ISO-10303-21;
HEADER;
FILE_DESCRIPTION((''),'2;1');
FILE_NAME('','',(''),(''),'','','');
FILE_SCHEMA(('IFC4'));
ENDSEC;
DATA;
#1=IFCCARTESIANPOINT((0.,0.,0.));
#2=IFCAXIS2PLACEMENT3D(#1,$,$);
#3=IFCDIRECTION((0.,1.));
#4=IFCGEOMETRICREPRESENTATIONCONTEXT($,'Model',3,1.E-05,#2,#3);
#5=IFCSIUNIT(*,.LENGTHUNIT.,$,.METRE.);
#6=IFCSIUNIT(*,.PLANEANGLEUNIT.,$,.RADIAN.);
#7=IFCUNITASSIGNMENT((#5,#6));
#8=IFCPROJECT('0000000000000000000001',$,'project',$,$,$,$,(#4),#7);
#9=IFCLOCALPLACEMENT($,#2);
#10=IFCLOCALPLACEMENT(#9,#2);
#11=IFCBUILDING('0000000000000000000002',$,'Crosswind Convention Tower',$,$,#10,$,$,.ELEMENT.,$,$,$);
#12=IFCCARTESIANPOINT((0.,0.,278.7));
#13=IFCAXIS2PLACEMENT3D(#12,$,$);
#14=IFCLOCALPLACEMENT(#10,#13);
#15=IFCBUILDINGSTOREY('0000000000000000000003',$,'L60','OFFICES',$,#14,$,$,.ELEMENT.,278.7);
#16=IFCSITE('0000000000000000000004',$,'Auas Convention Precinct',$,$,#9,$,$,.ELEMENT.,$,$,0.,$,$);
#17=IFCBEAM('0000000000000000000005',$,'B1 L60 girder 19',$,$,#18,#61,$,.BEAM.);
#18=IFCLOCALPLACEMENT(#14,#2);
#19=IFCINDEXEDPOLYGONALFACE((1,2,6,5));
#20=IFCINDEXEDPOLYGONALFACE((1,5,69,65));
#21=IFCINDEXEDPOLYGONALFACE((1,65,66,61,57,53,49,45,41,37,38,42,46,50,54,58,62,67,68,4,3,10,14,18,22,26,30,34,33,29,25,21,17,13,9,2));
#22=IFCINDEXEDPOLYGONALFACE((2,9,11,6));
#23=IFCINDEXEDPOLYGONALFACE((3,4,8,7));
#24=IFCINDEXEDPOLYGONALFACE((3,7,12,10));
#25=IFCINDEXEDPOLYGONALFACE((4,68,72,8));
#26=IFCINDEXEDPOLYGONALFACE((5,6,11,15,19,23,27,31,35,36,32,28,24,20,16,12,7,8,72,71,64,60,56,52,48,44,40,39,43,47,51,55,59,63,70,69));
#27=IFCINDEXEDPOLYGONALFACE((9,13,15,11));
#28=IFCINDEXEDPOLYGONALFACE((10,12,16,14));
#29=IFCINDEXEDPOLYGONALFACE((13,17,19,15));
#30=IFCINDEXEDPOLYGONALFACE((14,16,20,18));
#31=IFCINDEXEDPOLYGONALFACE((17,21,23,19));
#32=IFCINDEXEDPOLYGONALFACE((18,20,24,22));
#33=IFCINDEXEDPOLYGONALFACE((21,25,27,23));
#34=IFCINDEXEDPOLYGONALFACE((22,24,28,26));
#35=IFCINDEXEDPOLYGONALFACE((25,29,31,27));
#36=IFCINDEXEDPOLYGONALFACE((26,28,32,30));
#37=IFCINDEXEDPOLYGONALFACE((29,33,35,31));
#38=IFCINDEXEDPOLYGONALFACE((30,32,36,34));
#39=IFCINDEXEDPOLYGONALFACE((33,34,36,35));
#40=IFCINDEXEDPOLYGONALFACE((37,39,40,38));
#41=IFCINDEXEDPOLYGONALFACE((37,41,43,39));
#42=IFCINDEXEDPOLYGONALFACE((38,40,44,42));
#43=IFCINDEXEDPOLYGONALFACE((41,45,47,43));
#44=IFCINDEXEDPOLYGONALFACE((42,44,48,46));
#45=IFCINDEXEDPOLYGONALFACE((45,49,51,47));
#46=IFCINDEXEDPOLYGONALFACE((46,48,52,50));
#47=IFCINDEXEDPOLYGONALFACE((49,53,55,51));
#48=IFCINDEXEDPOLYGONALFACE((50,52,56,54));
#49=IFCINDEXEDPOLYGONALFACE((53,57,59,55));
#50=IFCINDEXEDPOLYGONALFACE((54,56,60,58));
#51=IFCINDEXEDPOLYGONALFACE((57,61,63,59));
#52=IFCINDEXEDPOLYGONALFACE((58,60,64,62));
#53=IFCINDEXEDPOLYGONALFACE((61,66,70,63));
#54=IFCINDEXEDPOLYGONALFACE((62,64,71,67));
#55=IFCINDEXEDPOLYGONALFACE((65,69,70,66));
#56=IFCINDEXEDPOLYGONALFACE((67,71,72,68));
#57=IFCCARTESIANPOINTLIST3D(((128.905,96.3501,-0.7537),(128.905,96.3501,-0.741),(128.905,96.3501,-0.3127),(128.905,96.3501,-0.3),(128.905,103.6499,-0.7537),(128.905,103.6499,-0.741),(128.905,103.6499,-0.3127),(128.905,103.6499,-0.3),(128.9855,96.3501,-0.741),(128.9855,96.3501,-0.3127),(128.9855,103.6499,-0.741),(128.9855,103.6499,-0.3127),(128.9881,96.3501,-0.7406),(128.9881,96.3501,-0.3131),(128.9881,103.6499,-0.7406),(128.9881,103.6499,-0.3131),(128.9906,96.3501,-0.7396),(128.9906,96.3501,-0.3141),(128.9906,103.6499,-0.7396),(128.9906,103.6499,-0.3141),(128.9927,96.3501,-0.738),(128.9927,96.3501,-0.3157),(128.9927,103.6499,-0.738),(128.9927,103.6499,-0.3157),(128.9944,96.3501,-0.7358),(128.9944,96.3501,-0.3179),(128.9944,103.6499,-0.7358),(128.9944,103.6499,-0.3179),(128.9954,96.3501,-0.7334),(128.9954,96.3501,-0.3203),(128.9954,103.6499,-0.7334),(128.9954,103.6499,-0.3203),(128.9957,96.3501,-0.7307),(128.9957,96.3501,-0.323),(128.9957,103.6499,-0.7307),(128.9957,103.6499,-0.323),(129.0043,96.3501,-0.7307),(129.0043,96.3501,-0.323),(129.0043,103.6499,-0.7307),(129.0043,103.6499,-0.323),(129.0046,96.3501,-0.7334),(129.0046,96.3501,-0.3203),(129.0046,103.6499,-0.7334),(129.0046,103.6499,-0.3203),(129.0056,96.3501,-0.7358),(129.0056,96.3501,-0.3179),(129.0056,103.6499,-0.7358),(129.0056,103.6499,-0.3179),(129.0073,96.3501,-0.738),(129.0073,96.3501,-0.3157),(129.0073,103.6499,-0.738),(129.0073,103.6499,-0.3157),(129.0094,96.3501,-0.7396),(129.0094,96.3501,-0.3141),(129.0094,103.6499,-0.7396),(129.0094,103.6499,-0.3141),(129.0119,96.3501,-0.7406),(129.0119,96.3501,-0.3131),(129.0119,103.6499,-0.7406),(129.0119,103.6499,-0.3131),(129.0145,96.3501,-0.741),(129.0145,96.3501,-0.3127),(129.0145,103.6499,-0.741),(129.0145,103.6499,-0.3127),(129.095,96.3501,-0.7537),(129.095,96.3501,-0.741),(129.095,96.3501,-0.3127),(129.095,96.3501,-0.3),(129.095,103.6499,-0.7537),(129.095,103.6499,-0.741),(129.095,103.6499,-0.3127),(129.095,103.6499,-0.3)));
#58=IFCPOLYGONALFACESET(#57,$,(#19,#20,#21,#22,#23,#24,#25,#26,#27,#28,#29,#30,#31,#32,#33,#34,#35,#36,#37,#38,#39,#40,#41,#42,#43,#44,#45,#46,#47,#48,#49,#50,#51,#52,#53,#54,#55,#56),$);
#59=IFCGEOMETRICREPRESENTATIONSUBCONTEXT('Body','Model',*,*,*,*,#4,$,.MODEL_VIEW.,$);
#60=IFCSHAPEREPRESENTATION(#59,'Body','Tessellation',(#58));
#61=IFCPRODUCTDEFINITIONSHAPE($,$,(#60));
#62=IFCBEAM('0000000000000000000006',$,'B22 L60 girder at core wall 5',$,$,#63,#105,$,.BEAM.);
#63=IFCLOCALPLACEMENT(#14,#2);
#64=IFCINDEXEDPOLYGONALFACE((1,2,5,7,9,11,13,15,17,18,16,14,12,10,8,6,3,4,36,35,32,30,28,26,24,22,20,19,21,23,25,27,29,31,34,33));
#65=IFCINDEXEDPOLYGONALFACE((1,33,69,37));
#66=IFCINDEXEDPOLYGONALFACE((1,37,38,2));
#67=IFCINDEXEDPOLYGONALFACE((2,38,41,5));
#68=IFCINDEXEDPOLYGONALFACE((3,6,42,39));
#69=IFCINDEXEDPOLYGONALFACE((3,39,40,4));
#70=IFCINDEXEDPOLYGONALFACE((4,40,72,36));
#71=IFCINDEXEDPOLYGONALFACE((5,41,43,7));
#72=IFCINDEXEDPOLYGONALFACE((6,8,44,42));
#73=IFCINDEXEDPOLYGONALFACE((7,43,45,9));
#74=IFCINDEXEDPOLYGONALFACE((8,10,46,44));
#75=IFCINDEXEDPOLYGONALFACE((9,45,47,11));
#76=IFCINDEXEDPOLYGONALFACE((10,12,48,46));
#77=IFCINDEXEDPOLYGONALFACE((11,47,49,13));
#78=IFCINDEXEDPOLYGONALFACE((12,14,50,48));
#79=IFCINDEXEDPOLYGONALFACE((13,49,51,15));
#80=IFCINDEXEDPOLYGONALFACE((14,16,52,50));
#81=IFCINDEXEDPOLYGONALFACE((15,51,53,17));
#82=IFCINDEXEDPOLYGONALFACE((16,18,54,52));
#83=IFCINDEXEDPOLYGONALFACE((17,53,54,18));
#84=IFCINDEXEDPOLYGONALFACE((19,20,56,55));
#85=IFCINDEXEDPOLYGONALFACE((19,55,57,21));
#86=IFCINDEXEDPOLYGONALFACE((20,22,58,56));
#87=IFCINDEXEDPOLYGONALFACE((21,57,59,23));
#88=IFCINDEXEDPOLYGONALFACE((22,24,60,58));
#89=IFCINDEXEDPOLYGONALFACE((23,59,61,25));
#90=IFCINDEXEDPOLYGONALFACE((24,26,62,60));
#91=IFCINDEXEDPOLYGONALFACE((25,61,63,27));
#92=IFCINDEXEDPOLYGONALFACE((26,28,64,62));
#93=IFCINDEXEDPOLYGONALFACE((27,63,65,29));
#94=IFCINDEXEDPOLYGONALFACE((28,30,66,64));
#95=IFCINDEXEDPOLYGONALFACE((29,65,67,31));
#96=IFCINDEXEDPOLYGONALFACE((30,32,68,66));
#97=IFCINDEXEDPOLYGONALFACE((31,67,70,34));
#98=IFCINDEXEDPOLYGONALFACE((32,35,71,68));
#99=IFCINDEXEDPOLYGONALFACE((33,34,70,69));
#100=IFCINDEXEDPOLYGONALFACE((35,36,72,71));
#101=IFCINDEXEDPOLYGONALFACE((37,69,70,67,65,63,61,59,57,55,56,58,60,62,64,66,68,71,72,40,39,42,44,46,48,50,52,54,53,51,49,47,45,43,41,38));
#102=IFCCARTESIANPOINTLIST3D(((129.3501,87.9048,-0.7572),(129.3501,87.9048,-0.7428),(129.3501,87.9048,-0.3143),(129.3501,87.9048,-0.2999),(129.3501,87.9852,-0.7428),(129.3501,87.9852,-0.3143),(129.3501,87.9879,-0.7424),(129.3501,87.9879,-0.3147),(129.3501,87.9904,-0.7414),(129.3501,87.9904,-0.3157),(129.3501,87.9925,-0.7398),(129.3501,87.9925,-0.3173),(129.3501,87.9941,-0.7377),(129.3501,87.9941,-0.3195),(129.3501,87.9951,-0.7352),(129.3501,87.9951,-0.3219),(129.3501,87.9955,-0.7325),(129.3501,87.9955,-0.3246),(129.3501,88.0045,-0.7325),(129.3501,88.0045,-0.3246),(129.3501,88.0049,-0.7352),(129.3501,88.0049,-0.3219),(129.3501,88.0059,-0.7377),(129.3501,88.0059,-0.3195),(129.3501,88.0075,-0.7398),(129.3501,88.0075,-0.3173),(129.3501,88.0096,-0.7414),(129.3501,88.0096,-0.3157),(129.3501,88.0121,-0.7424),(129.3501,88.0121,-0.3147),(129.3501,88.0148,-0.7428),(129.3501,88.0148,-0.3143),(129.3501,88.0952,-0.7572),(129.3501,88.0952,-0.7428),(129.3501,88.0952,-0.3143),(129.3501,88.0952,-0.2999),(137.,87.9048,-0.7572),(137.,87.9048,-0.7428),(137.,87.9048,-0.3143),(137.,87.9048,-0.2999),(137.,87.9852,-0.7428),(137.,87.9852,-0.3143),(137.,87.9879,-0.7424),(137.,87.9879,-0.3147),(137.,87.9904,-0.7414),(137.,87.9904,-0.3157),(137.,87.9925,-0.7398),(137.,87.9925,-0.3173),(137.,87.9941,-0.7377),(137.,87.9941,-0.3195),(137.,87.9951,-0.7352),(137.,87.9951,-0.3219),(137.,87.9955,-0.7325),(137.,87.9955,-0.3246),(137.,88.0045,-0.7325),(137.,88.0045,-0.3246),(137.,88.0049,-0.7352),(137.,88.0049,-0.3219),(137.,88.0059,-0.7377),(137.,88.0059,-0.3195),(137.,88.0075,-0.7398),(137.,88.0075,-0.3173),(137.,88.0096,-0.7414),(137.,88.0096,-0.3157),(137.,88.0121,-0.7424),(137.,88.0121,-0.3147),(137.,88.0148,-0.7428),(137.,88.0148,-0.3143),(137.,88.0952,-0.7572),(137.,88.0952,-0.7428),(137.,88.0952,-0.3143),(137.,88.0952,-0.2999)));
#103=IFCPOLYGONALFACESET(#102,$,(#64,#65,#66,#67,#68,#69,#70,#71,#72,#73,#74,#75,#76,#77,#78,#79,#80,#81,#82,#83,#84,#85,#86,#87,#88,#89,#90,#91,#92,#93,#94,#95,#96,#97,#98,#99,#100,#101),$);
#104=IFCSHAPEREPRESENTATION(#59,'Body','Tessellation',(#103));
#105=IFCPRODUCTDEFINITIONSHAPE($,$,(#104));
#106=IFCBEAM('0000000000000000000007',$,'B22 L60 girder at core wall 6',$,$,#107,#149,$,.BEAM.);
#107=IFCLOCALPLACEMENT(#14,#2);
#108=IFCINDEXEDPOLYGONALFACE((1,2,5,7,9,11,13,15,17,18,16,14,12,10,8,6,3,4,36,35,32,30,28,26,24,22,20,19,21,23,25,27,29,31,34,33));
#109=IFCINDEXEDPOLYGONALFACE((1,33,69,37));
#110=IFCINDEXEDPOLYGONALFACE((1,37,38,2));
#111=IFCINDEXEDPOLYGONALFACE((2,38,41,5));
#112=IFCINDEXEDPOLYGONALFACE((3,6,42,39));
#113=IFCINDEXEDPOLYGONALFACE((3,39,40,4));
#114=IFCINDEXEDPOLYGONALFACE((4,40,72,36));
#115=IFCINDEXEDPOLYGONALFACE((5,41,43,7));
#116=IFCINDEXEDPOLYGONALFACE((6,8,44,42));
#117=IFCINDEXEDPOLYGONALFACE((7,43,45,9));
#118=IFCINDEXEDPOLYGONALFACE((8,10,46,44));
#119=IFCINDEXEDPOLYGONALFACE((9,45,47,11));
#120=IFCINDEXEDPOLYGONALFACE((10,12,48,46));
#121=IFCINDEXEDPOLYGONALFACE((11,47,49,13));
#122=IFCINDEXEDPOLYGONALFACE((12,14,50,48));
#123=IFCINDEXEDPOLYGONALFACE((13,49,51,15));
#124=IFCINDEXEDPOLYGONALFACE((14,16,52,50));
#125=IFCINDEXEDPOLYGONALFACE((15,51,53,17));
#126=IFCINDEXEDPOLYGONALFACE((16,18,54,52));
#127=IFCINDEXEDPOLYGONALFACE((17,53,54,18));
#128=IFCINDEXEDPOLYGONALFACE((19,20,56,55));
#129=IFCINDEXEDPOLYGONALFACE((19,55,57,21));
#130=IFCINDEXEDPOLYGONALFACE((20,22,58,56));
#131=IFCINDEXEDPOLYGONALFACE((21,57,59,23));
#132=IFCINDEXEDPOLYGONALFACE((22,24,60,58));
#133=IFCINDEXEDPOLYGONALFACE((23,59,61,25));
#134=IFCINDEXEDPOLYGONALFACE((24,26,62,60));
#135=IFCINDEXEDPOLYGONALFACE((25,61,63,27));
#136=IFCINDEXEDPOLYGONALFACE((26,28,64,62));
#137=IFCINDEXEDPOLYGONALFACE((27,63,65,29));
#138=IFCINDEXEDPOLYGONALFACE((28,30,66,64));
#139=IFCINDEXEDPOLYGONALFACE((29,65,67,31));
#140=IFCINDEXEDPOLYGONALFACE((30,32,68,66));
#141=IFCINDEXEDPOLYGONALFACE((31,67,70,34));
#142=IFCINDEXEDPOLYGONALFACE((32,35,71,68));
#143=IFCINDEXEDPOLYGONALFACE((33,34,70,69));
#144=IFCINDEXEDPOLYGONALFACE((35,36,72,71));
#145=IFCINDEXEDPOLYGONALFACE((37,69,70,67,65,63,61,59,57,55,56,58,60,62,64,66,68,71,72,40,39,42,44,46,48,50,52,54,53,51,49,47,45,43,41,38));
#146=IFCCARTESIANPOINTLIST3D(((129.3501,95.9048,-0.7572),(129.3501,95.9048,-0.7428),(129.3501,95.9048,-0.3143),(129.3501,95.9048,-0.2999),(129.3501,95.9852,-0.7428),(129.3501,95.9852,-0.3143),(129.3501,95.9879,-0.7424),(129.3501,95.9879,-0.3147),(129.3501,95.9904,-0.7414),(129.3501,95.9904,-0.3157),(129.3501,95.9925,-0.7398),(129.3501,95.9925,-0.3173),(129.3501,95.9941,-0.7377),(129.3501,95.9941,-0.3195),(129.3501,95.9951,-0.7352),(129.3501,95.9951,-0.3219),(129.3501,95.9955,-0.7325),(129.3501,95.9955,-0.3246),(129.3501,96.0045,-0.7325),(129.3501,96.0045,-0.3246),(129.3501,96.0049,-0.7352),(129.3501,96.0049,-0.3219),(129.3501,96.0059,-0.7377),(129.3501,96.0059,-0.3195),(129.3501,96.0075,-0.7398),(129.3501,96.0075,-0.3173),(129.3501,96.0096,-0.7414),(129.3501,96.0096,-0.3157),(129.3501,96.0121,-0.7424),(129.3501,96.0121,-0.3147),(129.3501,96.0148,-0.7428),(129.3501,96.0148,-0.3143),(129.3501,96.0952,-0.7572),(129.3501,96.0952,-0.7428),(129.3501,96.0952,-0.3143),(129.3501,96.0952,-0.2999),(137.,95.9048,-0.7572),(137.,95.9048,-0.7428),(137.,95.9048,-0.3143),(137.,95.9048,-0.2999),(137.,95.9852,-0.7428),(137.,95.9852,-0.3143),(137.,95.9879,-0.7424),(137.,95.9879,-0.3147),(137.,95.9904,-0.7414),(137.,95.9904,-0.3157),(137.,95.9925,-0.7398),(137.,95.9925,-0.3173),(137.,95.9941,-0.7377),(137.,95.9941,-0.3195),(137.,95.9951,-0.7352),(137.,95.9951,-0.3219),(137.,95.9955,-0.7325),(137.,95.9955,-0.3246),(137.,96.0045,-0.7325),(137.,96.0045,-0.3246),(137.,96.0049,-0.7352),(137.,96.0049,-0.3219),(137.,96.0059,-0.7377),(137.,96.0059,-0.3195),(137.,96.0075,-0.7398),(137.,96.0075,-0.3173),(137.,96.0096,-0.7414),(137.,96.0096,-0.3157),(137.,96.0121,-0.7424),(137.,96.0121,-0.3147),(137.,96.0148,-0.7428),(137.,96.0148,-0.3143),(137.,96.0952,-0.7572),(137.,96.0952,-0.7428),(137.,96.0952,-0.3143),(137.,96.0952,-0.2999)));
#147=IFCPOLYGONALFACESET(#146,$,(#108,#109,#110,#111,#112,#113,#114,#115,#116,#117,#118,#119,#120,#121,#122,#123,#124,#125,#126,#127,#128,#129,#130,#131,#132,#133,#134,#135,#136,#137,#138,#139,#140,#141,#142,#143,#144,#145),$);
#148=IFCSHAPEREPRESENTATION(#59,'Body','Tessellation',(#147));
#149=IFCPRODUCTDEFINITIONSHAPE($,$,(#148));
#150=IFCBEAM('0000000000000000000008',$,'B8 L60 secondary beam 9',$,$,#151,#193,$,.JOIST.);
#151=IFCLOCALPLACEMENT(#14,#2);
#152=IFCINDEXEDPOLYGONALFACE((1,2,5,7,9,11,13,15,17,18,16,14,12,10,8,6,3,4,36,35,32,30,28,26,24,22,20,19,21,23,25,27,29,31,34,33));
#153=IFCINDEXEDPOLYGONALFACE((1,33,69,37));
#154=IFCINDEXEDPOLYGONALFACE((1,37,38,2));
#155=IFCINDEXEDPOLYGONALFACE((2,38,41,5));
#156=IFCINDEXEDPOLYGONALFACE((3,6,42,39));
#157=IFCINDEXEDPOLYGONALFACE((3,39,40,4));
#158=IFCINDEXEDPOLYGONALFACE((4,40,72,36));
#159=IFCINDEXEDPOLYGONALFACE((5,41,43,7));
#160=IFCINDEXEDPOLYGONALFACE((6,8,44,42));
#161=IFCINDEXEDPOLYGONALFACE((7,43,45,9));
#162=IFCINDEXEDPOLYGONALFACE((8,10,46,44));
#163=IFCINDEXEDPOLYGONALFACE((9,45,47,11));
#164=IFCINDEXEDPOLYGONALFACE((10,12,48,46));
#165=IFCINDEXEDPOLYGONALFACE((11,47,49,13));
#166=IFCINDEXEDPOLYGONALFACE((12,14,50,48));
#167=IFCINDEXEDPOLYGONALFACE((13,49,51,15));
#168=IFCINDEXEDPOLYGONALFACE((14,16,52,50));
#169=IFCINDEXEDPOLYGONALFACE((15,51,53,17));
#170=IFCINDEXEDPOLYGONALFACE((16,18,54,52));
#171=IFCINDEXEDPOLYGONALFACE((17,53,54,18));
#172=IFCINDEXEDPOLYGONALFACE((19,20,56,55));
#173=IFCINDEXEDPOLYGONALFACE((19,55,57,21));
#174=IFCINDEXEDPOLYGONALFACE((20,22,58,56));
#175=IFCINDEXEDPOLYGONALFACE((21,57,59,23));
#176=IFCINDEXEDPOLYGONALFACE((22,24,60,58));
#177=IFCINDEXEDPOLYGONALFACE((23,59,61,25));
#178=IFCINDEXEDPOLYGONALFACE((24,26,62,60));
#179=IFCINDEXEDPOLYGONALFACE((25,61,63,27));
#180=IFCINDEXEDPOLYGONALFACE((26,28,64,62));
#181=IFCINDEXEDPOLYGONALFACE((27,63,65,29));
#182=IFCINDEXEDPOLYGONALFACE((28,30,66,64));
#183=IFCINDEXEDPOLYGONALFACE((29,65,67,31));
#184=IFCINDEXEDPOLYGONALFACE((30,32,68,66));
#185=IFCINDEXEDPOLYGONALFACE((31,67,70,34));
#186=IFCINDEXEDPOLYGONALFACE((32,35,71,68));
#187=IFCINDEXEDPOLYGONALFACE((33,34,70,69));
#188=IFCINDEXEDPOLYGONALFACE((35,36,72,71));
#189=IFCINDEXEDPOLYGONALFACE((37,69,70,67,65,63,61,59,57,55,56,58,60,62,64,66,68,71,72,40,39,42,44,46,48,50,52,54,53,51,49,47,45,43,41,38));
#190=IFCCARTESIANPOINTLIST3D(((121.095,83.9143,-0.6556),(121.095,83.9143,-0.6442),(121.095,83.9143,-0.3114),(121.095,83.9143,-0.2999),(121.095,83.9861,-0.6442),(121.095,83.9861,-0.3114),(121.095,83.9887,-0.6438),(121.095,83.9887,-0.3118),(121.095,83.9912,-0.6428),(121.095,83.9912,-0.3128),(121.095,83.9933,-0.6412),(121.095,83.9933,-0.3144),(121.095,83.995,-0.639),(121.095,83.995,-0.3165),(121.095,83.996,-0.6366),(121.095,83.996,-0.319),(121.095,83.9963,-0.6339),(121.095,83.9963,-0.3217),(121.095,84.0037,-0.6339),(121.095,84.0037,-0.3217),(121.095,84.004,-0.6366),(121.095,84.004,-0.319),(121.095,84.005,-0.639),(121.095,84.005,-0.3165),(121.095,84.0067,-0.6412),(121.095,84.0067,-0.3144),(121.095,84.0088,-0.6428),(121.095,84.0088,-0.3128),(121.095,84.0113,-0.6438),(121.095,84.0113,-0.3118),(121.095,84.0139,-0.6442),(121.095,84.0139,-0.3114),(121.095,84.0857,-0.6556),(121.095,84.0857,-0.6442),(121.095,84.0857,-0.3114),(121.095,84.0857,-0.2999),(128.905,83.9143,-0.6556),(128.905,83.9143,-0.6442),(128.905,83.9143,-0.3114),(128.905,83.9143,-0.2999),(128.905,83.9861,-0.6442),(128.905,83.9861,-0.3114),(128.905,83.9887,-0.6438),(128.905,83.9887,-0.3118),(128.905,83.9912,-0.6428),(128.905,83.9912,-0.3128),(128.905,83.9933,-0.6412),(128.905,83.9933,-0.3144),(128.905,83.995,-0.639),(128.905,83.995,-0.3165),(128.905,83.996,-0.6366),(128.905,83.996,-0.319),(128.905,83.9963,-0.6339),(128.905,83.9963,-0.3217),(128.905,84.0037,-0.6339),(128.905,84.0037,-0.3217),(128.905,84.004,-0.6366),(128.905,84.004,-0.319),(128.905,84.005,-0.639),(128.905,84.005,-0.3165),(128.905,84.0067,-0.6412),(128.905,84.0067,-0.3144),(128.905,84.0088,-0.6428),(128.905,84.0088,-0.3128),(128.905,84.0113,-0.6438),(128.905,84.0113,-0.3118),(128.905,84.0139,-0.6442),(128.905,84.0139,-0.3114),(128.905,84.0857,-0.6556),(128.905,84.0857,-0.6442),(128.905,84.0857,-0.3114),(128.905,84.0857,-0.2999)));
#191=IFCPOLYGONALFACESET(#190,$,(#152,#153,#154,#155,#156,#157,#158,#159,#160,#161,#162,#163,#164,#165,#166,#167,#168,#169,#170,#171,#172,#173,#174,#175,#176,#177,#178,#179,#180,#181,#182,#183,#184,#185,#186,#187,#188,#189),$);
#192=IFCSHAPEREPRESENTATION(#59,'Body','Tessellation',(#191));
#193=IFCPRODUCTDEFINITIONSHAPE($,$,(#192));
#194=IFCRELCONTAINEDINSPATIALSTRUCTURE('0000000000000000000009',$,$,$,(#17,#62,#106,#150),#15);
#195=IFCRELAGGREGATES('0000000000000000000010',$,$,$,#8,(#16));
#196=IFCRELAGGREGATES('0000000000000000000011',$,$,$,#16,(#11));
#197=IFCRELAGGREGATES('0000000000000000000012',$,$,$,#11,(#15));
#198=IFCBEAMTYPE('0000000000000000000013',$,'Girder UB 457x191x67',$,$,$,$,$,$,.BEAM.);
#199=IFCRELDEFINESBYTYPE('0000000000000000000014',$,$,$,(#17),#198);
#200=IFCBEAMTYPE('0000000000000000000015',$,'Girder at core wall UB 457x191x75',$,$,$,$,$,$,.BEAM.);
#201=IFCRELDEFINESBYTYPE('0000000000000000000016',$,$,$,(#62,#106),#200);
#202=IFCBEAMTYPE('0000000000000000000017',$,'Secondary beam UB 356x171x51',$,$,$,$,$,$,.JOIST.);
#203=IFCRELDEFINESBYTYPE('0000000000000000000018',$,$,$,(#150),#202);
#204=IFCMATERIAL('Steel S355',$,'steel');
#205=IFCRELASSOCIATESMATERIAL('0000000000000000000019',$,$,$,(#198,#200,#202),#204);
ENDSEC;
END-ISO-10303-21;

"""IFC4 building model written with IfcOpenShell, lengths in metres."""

from ifc_helpers import new_model, si_unit, direction, frame, origin, origin_2d, place, context, subcontext, project, spatial, i_section, extrude, material, material_profile, profile_set, type_object, element, save


model = new_model("IFC4")

# Units and contexts
model_context = context("Model", 3, precision=1e-05, world=origin(), true_north=direction((0.0, 1.0)))
body_context = subcontext(model_context, "Body", "Model", "MODEL_VIEW")
ifc_project = project(units=[si_unit("LENGTHUNIT", "METRE"), si_unit("PLANEANGLEUNIT", "RADIAN")], contexts=[model_context])

# Site, building, storey
site_placement = place(None, origin())
site = spatial("IfcSite", under=ifc_project, at=site_placement, Name="Auas Convention Precinct", CompositionType="ELEMENT", RefElevation=0.0)
building_placement = place(site_placement, origin())
building = spatial("IfcBuilding", under=site, at=building_placement, Name="Crosswind Convention Tower", CompositionType="ELEMENT")
storey_placement = place(building_placement, frame((0.0, 0.0, 278.7)))
storey = spatial("IfcBuildingStorey", under=building, at=storey_placement, Name="L60", Description="OFFICES", CompositionType="ELEMENT", Elevation=278.7)

# Beams
ifc_material_1 = material(Name="Steel S355", Category="steel")
ifc_material_profile_1 = material_profile(ifc_material_1, i_section(OverallWidth=0.1899, OverallDepth=0.4536, WebThickness=0.0085, FlangeThickness=0.0127, FilletRadius=0.0103, at=origin_2d()), Name="UB 457x191x67")
ifc_profile_set_1 = profile_set([ifc_material_profile_1], Name="Steel S355")
beam_type_1 = type_object("IfcBeamType", Name="Girder UB 457x191x67", PredefinedType="BEAM", material=ifc_profile_set_1)
for number, where, z_axis, x_axis, name in (
    (1, (129.0, 96.3501, -0.5269), (0.0, 1.0, 0.0), (-1.0, 0.0, 0.0), "B1 L60 girder 19"),
):
    element("IfcBeam", number, at=place(storey_placement, frame(where, z_axis=z_axis, x_axis=x_axis)), inside=storey, type_object=beam_type_1, Name=name, PredefinedType="BEAM", context=body_context, shape_type="SweptSolid", body=[
        extrude(i_section(OverallWidth=0.1899, OverallDepth=0.4536, WebThickness=0.0085, FlangeThickness=0.0127, FilletRadius=0.0103, at=origin_2d()), origin(), (0.0, 0.0, 1.0), 7.2998),
    ])
ifc_material_profile_2 = material_profile(ifc_material_1, i_section(OverallWidth=0.1904, OverallDepth=0.4573, WebThickness=0.009, FlangeThickness=0.0144, FilletRadius=0.0103, at=origin_2d()), Name="UB 457x191x75")
ifc_profile_set_2 = profile_set([ifc_material_profile_2], Name="Steel S355")
beam_type_2 = type_object("IfcBeamType", Name="Girder at core wall UB 457x191x75", PredefinedType="BEAM", material=ifc_profile_set_2)
for number, where, z_axis, x_axis, name in (
    (2, (129.3501, 88.0, -0.5286), (1.0, 0.0, 0.0), (0.0, 1.0, 0.0), "B22 L60 girder at core wall 5"),
    (3, (129.3501, 96.0, -0.5286), (1.0, 0.0, 0.0), (0.0, 1.0, 0.0), "B22 L60 girder at core wall 6"),
):
    element("IfcBeam", number, at=place(storey_placement, frame(where, z_axis=z_axis, x_axis=x_axis)), inside=storey, type_object=beam_type_2, Name=name, PredefinedType="BEAM", context=body_context, shape_type="SweptSolid", body=[
        extrude(i_section(OverallWidth=0.1904, OverallDepth=0.4573, WebThickness=0.009, FlangeThickness=0.0144, FilletRadius=0.0103, at=origin_2d()), origin(), (0.0, 0.0, 1.0), 7.6499),
    ])
ifc_material_profile_3 = material_profile(ifc_material_1, i_section(OverallWidth=0.1714, OverallDepth=0.3557, WebThickness=0.0073, FlangeThickness=0.0115, FilletRadius=0.0103, at=origin_2d()), Name="UB 356x171x51")
ifc_profile_set_3 = profile_set([ifc_material_profile_3], Name="Steel S355")
beam_type_3 = type_object("IfcBeamType", Name="Secondary beam UB 356x171x51", PredefinedType="JOIST", material=ifc_profile_set_3)
for number, where, z_axis, x_axis, name in (
    (4, (121.095, 84.0, -0.4778), (1.0, 0.0, 0.0), (0.0, 1.0, 0.0), "B8 L60 secondary beam 9"),
):
    element("IfcBeam", number, at=place(storey_placement, frame(where, z_axis=z_axis, x_axis=x_axis)), inside=storey, type_object=beam_type_3, Name=name, PredefinedType="JOIST", context=body_context, shape_type="SweptSolid", body=[
        extrude(i_section(OverallWidth=0.1714, OverallDepth=0.3557, WebThickness=0.0073, FlangeThickness=0.0115, FilletRadius=0.0103, at=origin_2d()), origin(), (0.0, 0.0, 1.0), 7.8101),
    ])

save(model, "model.ifc")
